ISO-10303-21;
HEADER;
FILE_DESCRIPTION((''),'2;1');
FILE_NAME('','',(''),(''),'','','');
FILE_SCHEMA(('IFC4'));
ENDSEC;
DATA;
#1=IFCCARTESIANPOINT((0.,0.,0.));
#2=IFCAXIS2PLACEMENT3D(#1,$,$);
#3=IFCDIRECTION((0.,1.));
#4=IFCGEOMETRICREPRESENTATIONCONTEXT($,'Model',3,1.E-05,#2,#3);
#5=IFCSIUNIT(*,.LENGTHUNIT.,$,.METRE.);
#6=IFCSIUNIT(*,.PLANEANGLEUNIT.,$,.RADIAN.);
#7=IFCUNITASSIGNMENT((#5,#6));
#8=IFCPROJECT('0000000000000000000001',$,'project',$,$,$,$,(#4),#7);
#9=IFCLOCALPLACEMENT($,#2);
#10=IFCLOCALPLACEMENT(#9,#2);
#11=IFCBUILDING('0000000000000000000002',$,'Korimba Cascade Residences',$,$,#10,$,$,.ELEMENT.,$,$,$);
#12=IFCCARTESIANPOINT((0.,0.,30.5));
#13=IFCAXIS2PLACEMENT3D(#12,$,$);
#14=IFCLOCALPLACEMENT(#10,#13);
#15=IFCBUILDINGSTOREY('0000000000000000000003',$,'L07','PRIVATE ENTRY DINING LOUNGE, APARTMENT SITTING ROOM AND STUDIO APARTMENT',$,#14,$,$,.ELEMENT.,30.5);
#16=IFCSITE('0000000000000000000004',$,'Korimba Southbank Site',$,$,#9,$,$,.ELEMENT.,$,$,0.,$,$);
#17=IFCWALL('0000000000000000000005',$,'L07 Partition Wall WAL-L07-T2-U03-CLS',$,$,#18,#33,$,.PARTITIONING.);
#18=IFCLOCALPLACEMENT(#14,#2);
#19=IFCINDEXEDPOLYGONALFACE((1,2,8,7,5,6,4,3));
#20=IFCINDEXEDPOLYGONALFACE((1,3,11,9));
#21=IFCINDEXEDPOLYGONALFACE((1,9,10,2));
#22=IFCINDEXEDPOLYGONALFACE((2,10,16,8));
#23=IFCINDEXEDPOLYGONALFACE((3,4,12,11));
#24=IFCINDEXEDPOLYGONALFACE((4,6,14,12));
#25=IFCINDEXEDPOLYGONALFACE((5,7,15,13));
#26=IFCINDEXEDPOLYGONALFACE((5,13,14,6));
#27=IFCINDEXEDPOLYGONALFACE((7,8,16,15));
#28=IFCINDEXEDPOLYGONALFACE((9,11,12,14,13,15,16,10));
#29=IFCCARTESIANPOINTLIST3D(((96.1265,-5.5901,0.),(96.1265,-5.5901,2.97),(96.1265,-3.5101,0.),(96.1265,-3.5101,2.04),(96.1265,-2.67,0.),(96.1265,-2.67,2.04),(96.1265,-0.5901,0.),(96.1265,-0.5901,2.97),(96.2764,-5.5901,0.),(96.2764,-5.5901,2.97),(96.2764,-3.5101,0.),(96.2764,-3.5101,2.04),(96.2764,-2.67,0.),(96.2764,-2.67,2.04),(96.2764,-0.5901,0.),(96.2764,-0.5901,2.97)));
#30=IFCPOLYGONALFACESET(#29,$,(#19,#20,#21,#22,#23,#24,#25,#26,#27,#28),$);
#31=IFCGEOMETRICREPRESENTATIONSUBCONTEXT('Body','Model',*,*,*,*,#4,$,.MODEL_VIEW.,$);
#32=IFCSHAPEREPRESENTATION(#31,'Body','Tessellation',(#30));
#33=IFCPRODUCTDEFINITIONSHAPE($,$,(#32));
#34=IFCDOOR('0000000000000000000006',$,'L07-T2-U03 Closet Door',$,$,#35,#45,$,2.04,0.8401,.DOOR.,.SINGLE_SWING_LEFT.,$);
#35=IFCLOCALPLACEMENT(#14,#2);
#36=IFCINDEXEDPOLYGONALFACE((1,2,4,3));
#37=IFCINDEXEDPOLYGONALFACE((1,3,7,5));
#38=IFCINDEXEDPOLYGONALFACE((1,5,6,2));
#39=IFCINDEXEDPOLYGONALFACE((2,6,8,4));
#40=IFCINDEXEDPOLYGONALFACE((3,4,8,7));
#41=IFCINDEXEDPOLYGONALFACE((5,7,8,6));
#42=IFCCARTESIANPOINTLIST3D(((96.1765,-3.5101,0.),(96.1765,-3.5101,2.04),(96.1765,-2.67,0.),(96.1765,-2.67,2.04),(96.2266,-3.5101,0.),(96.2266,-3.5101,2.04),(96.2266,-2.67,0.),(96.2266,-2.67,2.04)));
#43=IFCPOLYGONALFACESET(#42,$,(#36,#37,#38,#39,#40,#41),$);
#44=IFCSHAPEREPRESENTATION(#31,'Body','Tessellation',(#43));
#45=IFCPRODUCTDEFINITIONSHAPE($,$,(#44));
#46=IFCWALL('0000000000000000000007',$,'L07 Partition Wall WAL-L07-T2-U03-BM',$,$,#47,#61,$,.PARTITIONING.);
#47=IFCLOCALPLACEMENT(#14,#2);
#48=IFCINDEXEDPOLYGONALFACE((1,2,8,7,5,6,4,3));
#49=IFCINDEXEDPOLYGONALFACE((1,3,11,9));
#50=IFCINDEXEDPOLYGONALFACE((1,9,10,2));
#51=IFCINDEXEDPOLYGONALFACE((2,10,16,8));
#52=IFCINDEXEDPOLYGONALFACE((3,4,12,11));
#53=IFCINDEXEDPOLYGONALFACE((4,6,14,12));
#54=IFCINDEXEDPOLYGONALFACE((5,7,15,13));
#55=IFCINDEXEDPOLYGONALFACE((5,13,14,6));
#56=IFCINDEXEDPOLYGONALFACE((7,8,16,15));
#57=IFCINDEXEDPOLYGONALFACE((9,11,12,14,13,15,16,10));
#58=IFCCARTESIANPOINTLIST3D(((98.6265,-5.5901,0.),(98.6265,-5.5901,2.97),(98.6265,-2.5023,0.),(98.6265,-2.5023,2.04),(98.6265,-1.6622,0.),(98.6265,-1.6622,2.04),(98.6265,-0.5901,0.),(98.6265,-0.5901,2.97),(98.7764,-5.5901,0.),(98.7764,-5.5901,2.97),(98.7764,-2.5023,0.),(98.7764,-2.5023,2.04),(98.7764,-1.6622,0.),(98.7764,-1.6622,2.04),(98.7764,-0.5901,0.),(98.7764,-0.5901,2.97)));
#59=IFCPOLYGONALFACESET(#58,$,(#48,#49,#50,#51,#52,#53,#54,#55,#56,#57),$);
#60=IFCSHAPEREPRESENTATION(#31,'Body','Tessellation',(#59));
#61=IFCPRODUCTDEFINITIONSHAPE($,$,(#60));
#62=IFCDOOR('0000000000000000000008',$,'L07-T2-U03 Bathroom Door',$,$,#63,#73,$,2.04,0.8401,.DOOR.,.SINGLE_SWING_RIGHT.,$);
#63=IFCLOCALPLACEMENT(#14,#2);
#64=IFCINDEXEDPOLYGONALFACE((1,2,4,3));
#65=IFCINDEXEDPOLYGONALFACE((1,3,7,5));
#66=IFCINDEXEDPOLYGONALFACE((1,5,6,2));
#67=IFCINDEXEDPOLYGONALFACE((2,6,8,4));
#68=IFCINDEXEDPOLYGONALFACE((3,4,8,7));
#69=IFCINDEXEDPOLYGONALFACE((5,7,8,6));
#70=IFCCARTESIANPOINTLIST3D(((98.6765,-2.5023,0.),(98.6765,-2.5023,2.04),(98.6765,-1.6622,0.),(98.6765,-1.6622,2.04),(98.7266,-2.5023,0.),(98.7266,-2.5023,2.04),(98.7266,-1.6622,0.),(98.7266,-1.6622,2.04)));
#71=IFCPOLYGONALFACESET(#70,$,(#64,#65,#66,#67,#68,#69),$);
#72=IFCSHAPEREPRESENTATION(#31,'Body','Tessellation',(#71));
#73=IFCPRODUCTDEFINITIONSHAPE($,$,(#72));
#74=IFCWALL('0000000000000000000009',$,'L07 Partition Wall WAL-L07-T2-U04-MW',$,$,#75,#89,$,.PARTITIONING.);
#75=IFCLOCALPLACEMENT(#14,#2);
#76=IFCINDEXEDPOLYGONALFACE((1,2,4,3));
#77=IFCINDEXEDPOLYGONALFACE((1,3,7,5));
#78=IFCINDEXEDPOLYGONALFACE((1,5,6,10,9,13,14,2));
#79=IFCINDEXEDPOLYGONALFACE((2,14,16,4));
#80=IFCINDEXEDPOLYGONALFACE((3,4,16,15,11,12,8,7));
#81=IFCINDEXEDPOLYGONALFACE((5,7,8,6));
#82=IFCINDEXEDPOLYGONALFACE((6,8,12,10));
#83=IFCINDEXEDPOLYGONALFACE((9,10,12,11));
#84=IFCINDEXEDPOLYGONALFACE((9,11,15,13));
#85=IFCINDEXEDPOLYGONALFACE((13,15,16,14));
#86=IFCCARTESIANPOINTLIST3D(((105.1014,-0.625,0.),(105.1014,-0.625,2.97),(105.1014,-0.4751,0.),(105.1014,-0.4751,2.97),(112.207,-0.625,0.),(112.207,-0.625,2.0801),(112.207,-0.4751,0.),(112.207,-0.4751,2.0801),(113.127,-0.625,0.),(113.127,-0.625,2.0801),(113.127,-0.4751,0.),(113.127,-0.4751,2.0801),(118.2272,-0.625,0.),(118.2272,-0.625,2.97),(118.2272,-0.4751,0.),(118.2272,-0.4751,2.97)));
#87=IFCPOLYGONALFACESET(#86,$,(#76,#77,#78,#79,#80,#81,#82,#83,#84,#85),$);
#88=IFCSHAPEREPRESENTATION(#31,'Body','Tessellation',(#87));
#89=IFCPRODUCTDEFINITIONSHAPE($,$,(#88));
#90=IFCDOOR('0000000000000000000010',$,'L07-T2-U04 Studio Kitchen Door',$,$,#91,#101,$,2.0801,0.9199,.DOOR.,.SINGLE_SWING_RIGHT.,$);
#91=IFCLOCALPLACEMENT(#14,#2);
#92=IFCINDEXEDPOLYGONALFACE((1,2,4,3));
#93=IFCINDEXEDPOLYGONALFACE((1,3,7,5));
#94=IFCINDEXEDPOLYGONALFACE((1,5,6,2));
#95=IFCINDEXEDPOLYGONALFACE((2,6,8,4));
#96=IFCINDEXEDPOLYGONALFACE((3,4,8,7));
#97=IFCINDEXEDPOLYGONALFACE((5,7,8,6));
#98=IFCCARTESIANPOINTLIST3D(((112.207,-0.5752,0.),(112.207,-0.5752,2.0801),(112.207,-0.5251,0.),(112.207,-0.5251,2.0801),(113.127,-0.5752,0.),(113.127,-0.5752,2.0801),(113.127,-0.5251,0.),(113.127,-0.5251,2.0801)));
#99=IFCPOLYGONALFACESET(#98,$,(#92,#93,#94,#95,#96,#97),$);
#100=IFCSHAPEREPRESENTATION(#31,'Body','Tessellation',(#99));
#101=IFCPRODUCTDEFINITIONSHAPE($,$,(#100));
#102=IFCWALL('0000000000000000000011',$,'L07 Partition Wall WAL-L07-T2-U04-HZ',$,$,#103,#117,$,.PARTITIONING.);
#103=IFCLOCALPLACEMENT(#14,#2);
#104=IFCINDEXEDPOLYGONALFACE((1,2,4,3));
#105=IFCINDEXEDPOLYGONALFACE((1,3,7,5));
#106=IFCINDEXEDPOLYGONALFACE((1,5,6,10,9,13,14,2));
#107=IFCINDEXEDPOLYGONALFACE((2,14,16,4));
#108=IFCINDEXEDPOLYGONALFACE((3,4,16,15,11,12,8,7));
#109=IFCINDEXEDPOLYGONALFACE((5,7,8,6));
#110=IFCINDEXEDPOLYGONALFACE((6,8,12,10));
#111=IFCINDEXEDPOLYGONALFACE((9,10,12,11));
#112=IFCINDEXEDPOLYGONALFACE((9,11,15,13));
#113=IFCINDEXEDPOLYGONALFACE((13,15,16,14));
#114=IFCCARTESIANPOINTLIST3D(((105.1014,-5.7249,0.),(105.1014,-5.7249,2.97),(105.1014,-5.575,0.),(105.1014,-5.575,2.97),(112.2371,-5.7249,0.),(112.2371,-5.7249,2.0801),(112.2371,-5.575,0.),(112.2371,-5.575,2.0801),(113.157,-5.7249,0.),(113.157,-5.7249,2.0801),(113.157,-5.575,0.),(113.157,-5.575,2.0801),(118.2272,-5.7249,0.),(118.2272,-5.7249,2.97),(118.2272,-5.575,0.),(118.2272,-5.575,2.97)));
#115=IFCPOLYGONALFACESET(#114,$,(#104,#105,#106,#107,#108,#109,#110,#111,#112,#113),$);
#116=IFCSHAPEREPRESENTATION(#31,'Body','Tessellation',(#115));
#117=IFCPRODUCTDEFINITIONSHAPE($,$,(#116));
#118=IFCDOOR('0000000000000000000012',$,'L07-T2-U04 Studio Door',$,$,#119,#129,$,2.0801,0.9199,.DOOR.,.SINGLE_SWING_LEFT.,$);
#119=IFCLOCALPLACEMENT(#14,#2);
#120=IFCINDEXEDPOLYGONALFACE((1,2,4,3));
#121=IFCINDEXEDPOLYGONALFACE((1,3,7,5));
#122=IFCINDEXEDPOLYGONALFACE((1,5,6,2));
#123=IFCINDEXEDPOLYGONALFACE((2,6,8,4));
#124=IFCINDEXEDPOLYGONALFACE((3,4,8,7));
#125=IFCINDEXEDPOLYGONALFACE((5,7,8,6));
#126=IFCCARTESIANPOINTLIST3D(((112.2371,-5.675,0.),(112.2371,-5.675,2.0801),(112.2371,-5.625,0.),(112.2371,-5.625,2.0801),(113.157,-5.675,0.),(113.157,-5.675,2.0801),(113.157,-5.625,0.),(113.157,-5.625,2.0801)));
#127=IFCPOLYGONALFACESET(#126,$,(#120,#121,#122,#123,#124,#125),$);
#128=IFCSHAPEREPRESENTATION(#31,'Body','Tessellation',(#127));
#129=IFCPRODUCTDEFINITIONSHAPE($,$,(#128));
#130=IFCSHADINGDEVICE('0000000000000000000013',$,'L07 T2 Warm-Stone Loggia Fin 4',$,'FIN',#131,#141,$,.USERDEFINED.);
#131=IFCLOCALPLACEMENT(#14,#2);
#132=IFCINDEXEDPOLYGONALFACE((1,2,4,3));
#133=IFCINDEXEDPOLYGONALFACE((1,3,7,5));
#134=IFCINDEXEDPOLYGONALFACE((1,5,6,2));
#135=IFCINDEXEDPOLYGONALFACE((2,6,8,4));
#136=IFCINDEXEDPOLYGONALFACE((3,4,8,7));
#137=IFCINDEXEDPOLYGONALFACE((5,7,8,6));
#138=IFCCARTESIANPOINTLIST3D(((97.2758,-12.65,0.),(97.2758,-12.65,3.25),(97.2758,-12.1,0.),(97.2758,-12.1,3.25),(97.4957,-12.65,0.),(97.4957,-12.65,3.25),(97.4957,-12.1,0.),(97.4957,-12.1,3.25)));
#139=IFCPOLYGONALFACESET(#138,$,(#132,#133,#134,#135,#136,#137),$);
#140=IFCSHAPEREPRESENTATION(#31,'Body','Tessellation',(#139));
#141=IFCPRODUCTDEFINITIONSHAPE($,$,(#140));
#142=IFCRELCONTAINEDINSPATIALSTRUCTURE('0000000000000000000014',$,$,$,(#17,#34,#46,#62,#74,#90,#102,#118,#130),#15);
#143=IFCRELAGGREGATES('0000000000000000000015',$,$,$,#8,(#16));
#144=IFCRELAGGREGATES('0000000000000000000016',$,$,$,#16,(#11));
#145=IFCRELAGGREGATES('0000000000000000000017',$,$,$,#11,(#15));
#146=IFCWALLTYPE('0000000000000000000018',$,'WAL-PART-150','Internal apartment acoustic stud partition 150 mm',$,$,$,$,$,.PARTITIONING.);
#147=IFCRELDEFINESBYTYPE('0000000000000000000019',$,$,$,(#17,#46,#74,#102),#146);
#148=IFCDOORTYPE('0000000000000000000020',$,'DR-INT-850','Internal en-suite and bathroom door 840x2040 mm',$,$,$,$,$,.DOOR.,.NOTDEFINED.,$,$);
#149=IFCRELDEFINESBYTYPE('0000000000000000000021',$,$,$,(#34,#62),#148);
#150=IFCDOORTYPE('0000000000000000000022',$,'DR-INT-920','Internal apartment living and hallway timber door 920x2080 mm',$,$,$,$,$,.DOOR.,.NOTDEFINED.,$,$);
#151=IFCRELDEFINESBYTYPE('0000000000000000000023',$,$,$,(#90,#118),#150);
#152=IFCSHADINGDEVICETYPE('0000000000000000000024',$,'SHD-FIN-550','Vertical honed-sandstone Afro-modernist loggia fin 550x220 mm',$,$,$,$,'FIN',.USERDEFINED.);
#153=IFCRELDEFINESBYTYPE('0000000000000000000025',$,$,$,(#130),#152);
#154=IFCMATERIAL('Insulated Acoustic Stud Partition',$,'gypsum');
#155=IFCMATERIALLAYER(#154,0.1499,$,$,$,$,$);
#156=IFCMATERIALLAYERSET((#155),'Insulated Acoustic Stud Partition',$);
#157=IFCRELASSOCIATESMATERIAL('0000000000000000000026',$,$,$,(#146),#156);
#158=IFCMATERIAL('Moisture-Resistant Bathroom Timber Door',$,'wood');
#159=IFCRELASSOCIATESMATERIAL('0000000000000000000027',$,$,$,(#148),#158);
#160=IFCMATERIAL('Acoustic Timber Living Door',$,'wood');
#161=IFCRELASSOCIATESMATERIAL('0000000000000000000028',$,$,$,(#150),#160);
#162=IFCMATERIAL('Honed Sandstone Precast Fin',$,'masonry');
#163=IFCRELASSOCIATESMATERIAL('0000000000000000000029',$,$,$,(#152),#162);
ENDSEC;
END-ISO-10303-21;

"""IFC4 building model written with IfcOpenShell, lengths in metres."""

from ifc_helpers import new_model, si_unit, direction, frame, frame_2d, origin, origin_2d, place, context, subcontext, project, spatial, rectangle, extrude, material, layer, layer_set, type_object, element, fill, save


model = new_model("IFC4")

# Units and contexts
model_context = context("Model", 3, precision=1e-05, world=origin(), true_north=direction((0.0, 1.0)))
body_context = subcontext(model_context, "Body", "Model", "MODEL_VIEW")
ifc_project = project(units=[si_unit("LENGTHUNIT", "METRE"), si_unit("PLANEANGLEUNIT", "RADIAN")], contexts=[model_context])

# Site, building, storey
site_placement = place(None, origin())
site = spatial("IfcSite", under=ifc_project, at=site_placement, Name="Korimba Southbank Site", CompositionType="ELEMENT", RefElevation=0.0)
building_placement = place(site_placement, origin())
building = spatial("IfcBuilding", under=site, at=building_placement, Name="Korimba Cascade Residences", CompositionType="ELEMENT")
storey_placement = place(building_placement, frame((0.0, 0.0, 30.5)))
storey = spatial("IfcBuildingStorey", under=building, at=storey_placement, Name="L07", Description="PRIVATE ENTRY DINING LOUNGE, APARTMENT SITTING ROOM AND STUDIO APARTMENT", CompositionType="ELEMENT", Elevation=30.5)

# Walls, openings, doors
ifc_material_1 = material(Name="Insulated Acoustic Stud Partition", Category="gypsum")
ifc_layer_1 = layer(ifc_material_1, 0.1499)
ifc_layer_set_1 = layer_set([ifc_layer_1], Name="Insulated Acoustic Stud Partition")
wall_type_1 = type_object("IfcWallType", Name="WAL-PART-150", Description="Internal apartment acoustic stud partition 150 mm", PredefinedType="PARTITIONING", material=ifc_layer_set_1)
wall_1_placement = place(storey_placement, frame((96.2014, -5.5901, 0.0), z_axis=(0.0, 0.0, 1.0), x_axis=(0.0, 1.0, 0.0)))
wall_1 = element("IfcWall", 1, at=wall_1_placement, inside=storey, type_object=wall_type_1, Name="L07 Partition Wall WAL-L07-T2-U03-CLS", PredefinedType="PARTITIONING", context=body_context, shape_type="SweptSolid", body=[
    extrude(rectangle(XDim=5.0, YDim=0.1499, at=frame_2d((2.5, 0.0))), origin(), (0.0, 0.0, 1.0), 2.97),
])
opening_1_placement = place(wall_1_placement, frame((2.0801, 0.0, 0.0)))
opening_1 = element("IfcOpeningElement", 2, at=opening_1_placement, cuts=wall_1, PredefinedType="OPENING", context=body_context, shape_type="SweptSolid", body=[
    extrude(rectangle(XDim=0.8401, YDim=2.04, at=frame_2d((0.4199, 1.02))), frame((0.0, 0.085, 0.0), z_axis=(0.0, -1.0, 0.0), x_axis=(1.0, 0.0, 0.0)), (0.0, 0.0, 1.0), 0.1699),
])
ifc_material_2 = material(Name="Moisture-Resistant Bathroom Timber Door", Category="wood")
door_type_1 = type_object("IfcDoorType", Name="DR-INT-850", Description="Internal en-suite and bathroom door 840x2040 mm", OperationType="NOTDEFINED", PredefinedType="DOOR", material=ifc_material_2)
door_1_placement = place(opening_1_placement, origin())
door_1 = element("IfcDoor", 3, at=door_1_placement, inside=storey, type_object=door_type_1, Name="L07-T2-U03 Closet Door", OperationType="SINGLE_SWING_LEFT", OverallHeight=2.04, OverallWidth=0.8401, PredefinedType="DOOR", context=body_context, shape_type="SweptSolid", body=[
    extrude(rectangle(XDim=0.8401, YDim=2.04, at=frame_2d((0.4199, 1.02))), frame((0.0, 0.0249, 0.0), z_axis=(0.0, -1.0, 0.0), x_axis=(1.0, 0.0, 0.0)), (0.0, 0.0, 1.0), 0.05),
])
fill(opening_1, door_1)
wall_2_placement = place(storey_placement, frame((98.7014, -5.5901, 0.0), z_axis=(0.0, 0.0, 1.0), x_axis=(0.0, 1.0, 0.0)))
wall_2 = element("IfcWall", 4, at=wall_2_placement, inside=storey, type_object=wall_type_1, Name="L07 Partition Wall WAL-L07-T2-U03-BM", PredefinedType="PARTITIONING", context=body_context, shape_type="SweptSolid", body=[
    extrude(rectangle(XDim=5.0, YDim=0.1499, at=frame_2d((2.5, 0.0))), origin(), (0.0, 0.0, 1.0), 2.97),
])
opening_2_placement = place(wall_2_placement, frame((3.0879, 0.0, 0.0)))
opening_2 = element("IfcOpeningElement", 5, at=opening_2_placement, cuts=wall_2, PredefinedType="OPENING", context=body_context, shape_type="SweptSolid", body=[
    extrude(rectangle(XDim=0.8401, YDim=2.04, at=frame_2d((0.4199, 1.02))), frame((0.0, 0.085, 0.0), z_axis=(0.0, -1.0, 0.0), x_axis=(1.0, 0.0, 0.0)), (0.0, 0.0, 1.0), 0.1699),
])
door_2_placement = place(opening_2_placement, origin())
door_2 = element("IfcDoor", 6, at=door_2_placement, inside=storey, type_object=door_type_1, Name="L07-T2-U03 Bathroom Door", OperationType="SINGLE_SWING_RIGHT", OverallHeight=2.04, OverallWidth=0.8401, PredefinedType="DOOR", context=body_context, shape_type="SweptSolid", body=[
    extrude(rectangle(XDim=0.8401, YDim=2.04, at=frame_2d((0.4199, 1.02))), frame((0.0, 0.0249, 0.0), z_axis=(0.0, -1.0, 0.0), x_axis=(1.0, 0.0, 0.0)), (0.0, 0.0, 1.0), 0.05),
])
fill(opening_2, door_2)
wall_3_placement = place(storey_placement, frame((105.1013, -0.55, 0.0), z_axis=(0.0, 0.0, 1.0), x_axis=(1.0, 0.0, 0.0)))
wall_3 = element("IfcWall", 7, at=wall_3_placement, inside=storey, type_object=wall_type_1, Name="L07 Partition Wall WAL-L07-T2-U04-MW", PredefinedType="PARTITIONING", context=body_context, shape_type="SweptSolid", body=[
    extrude(rectangle(XDim=13.1257, YDim=0.1499, at=frame_2d((6.563, 0.0))), origin(), (0.0, 0.0, 1.0), 2.97),
])
opening_3_placement = place(wall_3_placement, frame((7.1057, 0.0, 0.0)))
opening_3 = element("IfcOpeningElement", 8, at=opening_3_placement, cuts=wall_3, PredefinedType="OPENING", context=body_context, shape_type="SweptSolid", body=[
    extrude(rectangle(XDim=0.9199, YDim=2.0801, at=frame_2d((0.46, 1.04))), frame((0.0, 0.085, 0.0), z_axis=(0.0, -1.0, 0.0), x_axis=(1.0, 0.0, 0.0)), (0.0, 0.0, 1.0), 0.1699),
])
ifc_material_3 = material(Name="Acoustic Timber Living Door", Category="wood")
door_type_2 = type_object("IfcDoorType", Name="DR-INT-920", Description="Internal apartment living and hallway timber door 920x2080 mm", OperationType="NOTDEFINED", PredefinedType="DOOR", material=ifc_material_3)
door_3_placement = place(opening_3_placement, origin())
door_3 = element("IfcDoor", 9, at=door_3_placement, inside=storey, type_object=door_type_2, Name="L07-T2-U04 Studio Kitchen Door", OperationType="SINGLE_SWING_RIGHT", OverallHeight=2.0801, OverallWidth=0.9199, PredefinedType="DOOR", context=body_context, shape_type="SweptSolid", body=[
    extrude(rectangle(XDim=0.9199, YDim=2.0801, at=frame_2d((0.46, 1.04))), frame((0.0, 0.0249, 0.0), z_axis=(0.0, -1.0, 0.0), x_axis=(1.0, 0.0, 0.0)), (0.0, 0.0, 1.0), 0.05),
])
fill(opening_3, door_3)
wall_4_placement = place(storey_placement, frame((105.1013, -5.6499, 0.0), z_axis=(0.0, 0.0, 1.0), x_axis=(1.0, 0.0, 0.0)))
wall_4 = element("IfcWall", 10, at=wall_4_placement, inside=storey, type_object=wall_type_1, Name="L07 Partition Wall WAL-L07-T2-U04-HZ", PredefinedType="PARTITIONING", context=body_context, shape_type="SweptSolid", body=[
    extrude(rectangle(XDim=13.1257, YDim=0.1499, at=frame_2d((6.563, 0.0))), origin(), (0.0, 0.0, 1.0), 2.97),
])
opening_4_placement = place(wall_4_placement, frame((7.1357, 0.0, 0.0)))
opening_4 = element("IfcOpeningElement", 11, at=opening_4_placement, cuts=wall_4, PredefinedType="OPENING", context=body_context, shape_type="SweptSolid", body=[
    extrude(rectangle(XDim=0.9199, YDim=2.0801, at=frame_2d((0.46, 1.04))), frame((0.0, 0.085, 0.0), z_axis=(0.0, -1.0, 0.0), x_axis=(1.0, 0.0, 0.0)), (0.0, 0.0, 1.0), 0.1699),
])
door_4_placement = place(opening_4_placement, origin())
door_4 = element("IfcDoor", 12, at=door_4_placement, inside=storey, type_object=door_type_2, Name="L07-T2-U04 Studio Door", OperationType="SINGLE_SWING_LEFT", OverallHeight=2.0801, OverallWidth=0.9199, PredefinedType="DOOR", context=body_context, shape_type="SweptSolid", body=[
    extrude(rectangle(XDim=0.9199, YDim=2.0801, at=frame_2d((0.46, 1.04))), frame((0.0, 0.0249, 0.0), z_axis=(0.0, -1.0, 0.0), x_axis=(1.0, 0.0, 0.0)), (0.0, 0.0, 1.0), 0.05),
])
fill(opening_4, door_4)

# Shading device
ifc_material_4 = material(Name="Honed Sandstone Precast Fin", Category="masonry")
shading_device_type = type_object("IfcShadingDeviceType", Name="SHD-FIN-550", Description="Vertical honed-sandstone Afro-modernist loggia fin 550x220 mm", ElementType="FIN", PredefinedType="USERDEFINED", material=ifc_material_4)
shading_device_placement = place(storey_placement, frame((97.3857, -12.375, 0.0), z_axis=(0.0, 0.0, 1.0), x_axis=(1.0, 0.0, 0.0)))
element("IfcShadingDevice", 13, at=shading_device_placement, inside=storey, type_object=shading_device_type, Name="L07 T2 Warm-Stone Loggia Fin 4", ObjectType="FIN", PredefinedType="USERDEFINED", context=body_context, shape_type="SweptSolid", body=[
    extrude(rectangle(XDim=0.22, YDim=0.55, at=origin_2d()), origin(), (0.0, 0.0, 1.0), 3.25),
])

save(model, "model.ifc")
